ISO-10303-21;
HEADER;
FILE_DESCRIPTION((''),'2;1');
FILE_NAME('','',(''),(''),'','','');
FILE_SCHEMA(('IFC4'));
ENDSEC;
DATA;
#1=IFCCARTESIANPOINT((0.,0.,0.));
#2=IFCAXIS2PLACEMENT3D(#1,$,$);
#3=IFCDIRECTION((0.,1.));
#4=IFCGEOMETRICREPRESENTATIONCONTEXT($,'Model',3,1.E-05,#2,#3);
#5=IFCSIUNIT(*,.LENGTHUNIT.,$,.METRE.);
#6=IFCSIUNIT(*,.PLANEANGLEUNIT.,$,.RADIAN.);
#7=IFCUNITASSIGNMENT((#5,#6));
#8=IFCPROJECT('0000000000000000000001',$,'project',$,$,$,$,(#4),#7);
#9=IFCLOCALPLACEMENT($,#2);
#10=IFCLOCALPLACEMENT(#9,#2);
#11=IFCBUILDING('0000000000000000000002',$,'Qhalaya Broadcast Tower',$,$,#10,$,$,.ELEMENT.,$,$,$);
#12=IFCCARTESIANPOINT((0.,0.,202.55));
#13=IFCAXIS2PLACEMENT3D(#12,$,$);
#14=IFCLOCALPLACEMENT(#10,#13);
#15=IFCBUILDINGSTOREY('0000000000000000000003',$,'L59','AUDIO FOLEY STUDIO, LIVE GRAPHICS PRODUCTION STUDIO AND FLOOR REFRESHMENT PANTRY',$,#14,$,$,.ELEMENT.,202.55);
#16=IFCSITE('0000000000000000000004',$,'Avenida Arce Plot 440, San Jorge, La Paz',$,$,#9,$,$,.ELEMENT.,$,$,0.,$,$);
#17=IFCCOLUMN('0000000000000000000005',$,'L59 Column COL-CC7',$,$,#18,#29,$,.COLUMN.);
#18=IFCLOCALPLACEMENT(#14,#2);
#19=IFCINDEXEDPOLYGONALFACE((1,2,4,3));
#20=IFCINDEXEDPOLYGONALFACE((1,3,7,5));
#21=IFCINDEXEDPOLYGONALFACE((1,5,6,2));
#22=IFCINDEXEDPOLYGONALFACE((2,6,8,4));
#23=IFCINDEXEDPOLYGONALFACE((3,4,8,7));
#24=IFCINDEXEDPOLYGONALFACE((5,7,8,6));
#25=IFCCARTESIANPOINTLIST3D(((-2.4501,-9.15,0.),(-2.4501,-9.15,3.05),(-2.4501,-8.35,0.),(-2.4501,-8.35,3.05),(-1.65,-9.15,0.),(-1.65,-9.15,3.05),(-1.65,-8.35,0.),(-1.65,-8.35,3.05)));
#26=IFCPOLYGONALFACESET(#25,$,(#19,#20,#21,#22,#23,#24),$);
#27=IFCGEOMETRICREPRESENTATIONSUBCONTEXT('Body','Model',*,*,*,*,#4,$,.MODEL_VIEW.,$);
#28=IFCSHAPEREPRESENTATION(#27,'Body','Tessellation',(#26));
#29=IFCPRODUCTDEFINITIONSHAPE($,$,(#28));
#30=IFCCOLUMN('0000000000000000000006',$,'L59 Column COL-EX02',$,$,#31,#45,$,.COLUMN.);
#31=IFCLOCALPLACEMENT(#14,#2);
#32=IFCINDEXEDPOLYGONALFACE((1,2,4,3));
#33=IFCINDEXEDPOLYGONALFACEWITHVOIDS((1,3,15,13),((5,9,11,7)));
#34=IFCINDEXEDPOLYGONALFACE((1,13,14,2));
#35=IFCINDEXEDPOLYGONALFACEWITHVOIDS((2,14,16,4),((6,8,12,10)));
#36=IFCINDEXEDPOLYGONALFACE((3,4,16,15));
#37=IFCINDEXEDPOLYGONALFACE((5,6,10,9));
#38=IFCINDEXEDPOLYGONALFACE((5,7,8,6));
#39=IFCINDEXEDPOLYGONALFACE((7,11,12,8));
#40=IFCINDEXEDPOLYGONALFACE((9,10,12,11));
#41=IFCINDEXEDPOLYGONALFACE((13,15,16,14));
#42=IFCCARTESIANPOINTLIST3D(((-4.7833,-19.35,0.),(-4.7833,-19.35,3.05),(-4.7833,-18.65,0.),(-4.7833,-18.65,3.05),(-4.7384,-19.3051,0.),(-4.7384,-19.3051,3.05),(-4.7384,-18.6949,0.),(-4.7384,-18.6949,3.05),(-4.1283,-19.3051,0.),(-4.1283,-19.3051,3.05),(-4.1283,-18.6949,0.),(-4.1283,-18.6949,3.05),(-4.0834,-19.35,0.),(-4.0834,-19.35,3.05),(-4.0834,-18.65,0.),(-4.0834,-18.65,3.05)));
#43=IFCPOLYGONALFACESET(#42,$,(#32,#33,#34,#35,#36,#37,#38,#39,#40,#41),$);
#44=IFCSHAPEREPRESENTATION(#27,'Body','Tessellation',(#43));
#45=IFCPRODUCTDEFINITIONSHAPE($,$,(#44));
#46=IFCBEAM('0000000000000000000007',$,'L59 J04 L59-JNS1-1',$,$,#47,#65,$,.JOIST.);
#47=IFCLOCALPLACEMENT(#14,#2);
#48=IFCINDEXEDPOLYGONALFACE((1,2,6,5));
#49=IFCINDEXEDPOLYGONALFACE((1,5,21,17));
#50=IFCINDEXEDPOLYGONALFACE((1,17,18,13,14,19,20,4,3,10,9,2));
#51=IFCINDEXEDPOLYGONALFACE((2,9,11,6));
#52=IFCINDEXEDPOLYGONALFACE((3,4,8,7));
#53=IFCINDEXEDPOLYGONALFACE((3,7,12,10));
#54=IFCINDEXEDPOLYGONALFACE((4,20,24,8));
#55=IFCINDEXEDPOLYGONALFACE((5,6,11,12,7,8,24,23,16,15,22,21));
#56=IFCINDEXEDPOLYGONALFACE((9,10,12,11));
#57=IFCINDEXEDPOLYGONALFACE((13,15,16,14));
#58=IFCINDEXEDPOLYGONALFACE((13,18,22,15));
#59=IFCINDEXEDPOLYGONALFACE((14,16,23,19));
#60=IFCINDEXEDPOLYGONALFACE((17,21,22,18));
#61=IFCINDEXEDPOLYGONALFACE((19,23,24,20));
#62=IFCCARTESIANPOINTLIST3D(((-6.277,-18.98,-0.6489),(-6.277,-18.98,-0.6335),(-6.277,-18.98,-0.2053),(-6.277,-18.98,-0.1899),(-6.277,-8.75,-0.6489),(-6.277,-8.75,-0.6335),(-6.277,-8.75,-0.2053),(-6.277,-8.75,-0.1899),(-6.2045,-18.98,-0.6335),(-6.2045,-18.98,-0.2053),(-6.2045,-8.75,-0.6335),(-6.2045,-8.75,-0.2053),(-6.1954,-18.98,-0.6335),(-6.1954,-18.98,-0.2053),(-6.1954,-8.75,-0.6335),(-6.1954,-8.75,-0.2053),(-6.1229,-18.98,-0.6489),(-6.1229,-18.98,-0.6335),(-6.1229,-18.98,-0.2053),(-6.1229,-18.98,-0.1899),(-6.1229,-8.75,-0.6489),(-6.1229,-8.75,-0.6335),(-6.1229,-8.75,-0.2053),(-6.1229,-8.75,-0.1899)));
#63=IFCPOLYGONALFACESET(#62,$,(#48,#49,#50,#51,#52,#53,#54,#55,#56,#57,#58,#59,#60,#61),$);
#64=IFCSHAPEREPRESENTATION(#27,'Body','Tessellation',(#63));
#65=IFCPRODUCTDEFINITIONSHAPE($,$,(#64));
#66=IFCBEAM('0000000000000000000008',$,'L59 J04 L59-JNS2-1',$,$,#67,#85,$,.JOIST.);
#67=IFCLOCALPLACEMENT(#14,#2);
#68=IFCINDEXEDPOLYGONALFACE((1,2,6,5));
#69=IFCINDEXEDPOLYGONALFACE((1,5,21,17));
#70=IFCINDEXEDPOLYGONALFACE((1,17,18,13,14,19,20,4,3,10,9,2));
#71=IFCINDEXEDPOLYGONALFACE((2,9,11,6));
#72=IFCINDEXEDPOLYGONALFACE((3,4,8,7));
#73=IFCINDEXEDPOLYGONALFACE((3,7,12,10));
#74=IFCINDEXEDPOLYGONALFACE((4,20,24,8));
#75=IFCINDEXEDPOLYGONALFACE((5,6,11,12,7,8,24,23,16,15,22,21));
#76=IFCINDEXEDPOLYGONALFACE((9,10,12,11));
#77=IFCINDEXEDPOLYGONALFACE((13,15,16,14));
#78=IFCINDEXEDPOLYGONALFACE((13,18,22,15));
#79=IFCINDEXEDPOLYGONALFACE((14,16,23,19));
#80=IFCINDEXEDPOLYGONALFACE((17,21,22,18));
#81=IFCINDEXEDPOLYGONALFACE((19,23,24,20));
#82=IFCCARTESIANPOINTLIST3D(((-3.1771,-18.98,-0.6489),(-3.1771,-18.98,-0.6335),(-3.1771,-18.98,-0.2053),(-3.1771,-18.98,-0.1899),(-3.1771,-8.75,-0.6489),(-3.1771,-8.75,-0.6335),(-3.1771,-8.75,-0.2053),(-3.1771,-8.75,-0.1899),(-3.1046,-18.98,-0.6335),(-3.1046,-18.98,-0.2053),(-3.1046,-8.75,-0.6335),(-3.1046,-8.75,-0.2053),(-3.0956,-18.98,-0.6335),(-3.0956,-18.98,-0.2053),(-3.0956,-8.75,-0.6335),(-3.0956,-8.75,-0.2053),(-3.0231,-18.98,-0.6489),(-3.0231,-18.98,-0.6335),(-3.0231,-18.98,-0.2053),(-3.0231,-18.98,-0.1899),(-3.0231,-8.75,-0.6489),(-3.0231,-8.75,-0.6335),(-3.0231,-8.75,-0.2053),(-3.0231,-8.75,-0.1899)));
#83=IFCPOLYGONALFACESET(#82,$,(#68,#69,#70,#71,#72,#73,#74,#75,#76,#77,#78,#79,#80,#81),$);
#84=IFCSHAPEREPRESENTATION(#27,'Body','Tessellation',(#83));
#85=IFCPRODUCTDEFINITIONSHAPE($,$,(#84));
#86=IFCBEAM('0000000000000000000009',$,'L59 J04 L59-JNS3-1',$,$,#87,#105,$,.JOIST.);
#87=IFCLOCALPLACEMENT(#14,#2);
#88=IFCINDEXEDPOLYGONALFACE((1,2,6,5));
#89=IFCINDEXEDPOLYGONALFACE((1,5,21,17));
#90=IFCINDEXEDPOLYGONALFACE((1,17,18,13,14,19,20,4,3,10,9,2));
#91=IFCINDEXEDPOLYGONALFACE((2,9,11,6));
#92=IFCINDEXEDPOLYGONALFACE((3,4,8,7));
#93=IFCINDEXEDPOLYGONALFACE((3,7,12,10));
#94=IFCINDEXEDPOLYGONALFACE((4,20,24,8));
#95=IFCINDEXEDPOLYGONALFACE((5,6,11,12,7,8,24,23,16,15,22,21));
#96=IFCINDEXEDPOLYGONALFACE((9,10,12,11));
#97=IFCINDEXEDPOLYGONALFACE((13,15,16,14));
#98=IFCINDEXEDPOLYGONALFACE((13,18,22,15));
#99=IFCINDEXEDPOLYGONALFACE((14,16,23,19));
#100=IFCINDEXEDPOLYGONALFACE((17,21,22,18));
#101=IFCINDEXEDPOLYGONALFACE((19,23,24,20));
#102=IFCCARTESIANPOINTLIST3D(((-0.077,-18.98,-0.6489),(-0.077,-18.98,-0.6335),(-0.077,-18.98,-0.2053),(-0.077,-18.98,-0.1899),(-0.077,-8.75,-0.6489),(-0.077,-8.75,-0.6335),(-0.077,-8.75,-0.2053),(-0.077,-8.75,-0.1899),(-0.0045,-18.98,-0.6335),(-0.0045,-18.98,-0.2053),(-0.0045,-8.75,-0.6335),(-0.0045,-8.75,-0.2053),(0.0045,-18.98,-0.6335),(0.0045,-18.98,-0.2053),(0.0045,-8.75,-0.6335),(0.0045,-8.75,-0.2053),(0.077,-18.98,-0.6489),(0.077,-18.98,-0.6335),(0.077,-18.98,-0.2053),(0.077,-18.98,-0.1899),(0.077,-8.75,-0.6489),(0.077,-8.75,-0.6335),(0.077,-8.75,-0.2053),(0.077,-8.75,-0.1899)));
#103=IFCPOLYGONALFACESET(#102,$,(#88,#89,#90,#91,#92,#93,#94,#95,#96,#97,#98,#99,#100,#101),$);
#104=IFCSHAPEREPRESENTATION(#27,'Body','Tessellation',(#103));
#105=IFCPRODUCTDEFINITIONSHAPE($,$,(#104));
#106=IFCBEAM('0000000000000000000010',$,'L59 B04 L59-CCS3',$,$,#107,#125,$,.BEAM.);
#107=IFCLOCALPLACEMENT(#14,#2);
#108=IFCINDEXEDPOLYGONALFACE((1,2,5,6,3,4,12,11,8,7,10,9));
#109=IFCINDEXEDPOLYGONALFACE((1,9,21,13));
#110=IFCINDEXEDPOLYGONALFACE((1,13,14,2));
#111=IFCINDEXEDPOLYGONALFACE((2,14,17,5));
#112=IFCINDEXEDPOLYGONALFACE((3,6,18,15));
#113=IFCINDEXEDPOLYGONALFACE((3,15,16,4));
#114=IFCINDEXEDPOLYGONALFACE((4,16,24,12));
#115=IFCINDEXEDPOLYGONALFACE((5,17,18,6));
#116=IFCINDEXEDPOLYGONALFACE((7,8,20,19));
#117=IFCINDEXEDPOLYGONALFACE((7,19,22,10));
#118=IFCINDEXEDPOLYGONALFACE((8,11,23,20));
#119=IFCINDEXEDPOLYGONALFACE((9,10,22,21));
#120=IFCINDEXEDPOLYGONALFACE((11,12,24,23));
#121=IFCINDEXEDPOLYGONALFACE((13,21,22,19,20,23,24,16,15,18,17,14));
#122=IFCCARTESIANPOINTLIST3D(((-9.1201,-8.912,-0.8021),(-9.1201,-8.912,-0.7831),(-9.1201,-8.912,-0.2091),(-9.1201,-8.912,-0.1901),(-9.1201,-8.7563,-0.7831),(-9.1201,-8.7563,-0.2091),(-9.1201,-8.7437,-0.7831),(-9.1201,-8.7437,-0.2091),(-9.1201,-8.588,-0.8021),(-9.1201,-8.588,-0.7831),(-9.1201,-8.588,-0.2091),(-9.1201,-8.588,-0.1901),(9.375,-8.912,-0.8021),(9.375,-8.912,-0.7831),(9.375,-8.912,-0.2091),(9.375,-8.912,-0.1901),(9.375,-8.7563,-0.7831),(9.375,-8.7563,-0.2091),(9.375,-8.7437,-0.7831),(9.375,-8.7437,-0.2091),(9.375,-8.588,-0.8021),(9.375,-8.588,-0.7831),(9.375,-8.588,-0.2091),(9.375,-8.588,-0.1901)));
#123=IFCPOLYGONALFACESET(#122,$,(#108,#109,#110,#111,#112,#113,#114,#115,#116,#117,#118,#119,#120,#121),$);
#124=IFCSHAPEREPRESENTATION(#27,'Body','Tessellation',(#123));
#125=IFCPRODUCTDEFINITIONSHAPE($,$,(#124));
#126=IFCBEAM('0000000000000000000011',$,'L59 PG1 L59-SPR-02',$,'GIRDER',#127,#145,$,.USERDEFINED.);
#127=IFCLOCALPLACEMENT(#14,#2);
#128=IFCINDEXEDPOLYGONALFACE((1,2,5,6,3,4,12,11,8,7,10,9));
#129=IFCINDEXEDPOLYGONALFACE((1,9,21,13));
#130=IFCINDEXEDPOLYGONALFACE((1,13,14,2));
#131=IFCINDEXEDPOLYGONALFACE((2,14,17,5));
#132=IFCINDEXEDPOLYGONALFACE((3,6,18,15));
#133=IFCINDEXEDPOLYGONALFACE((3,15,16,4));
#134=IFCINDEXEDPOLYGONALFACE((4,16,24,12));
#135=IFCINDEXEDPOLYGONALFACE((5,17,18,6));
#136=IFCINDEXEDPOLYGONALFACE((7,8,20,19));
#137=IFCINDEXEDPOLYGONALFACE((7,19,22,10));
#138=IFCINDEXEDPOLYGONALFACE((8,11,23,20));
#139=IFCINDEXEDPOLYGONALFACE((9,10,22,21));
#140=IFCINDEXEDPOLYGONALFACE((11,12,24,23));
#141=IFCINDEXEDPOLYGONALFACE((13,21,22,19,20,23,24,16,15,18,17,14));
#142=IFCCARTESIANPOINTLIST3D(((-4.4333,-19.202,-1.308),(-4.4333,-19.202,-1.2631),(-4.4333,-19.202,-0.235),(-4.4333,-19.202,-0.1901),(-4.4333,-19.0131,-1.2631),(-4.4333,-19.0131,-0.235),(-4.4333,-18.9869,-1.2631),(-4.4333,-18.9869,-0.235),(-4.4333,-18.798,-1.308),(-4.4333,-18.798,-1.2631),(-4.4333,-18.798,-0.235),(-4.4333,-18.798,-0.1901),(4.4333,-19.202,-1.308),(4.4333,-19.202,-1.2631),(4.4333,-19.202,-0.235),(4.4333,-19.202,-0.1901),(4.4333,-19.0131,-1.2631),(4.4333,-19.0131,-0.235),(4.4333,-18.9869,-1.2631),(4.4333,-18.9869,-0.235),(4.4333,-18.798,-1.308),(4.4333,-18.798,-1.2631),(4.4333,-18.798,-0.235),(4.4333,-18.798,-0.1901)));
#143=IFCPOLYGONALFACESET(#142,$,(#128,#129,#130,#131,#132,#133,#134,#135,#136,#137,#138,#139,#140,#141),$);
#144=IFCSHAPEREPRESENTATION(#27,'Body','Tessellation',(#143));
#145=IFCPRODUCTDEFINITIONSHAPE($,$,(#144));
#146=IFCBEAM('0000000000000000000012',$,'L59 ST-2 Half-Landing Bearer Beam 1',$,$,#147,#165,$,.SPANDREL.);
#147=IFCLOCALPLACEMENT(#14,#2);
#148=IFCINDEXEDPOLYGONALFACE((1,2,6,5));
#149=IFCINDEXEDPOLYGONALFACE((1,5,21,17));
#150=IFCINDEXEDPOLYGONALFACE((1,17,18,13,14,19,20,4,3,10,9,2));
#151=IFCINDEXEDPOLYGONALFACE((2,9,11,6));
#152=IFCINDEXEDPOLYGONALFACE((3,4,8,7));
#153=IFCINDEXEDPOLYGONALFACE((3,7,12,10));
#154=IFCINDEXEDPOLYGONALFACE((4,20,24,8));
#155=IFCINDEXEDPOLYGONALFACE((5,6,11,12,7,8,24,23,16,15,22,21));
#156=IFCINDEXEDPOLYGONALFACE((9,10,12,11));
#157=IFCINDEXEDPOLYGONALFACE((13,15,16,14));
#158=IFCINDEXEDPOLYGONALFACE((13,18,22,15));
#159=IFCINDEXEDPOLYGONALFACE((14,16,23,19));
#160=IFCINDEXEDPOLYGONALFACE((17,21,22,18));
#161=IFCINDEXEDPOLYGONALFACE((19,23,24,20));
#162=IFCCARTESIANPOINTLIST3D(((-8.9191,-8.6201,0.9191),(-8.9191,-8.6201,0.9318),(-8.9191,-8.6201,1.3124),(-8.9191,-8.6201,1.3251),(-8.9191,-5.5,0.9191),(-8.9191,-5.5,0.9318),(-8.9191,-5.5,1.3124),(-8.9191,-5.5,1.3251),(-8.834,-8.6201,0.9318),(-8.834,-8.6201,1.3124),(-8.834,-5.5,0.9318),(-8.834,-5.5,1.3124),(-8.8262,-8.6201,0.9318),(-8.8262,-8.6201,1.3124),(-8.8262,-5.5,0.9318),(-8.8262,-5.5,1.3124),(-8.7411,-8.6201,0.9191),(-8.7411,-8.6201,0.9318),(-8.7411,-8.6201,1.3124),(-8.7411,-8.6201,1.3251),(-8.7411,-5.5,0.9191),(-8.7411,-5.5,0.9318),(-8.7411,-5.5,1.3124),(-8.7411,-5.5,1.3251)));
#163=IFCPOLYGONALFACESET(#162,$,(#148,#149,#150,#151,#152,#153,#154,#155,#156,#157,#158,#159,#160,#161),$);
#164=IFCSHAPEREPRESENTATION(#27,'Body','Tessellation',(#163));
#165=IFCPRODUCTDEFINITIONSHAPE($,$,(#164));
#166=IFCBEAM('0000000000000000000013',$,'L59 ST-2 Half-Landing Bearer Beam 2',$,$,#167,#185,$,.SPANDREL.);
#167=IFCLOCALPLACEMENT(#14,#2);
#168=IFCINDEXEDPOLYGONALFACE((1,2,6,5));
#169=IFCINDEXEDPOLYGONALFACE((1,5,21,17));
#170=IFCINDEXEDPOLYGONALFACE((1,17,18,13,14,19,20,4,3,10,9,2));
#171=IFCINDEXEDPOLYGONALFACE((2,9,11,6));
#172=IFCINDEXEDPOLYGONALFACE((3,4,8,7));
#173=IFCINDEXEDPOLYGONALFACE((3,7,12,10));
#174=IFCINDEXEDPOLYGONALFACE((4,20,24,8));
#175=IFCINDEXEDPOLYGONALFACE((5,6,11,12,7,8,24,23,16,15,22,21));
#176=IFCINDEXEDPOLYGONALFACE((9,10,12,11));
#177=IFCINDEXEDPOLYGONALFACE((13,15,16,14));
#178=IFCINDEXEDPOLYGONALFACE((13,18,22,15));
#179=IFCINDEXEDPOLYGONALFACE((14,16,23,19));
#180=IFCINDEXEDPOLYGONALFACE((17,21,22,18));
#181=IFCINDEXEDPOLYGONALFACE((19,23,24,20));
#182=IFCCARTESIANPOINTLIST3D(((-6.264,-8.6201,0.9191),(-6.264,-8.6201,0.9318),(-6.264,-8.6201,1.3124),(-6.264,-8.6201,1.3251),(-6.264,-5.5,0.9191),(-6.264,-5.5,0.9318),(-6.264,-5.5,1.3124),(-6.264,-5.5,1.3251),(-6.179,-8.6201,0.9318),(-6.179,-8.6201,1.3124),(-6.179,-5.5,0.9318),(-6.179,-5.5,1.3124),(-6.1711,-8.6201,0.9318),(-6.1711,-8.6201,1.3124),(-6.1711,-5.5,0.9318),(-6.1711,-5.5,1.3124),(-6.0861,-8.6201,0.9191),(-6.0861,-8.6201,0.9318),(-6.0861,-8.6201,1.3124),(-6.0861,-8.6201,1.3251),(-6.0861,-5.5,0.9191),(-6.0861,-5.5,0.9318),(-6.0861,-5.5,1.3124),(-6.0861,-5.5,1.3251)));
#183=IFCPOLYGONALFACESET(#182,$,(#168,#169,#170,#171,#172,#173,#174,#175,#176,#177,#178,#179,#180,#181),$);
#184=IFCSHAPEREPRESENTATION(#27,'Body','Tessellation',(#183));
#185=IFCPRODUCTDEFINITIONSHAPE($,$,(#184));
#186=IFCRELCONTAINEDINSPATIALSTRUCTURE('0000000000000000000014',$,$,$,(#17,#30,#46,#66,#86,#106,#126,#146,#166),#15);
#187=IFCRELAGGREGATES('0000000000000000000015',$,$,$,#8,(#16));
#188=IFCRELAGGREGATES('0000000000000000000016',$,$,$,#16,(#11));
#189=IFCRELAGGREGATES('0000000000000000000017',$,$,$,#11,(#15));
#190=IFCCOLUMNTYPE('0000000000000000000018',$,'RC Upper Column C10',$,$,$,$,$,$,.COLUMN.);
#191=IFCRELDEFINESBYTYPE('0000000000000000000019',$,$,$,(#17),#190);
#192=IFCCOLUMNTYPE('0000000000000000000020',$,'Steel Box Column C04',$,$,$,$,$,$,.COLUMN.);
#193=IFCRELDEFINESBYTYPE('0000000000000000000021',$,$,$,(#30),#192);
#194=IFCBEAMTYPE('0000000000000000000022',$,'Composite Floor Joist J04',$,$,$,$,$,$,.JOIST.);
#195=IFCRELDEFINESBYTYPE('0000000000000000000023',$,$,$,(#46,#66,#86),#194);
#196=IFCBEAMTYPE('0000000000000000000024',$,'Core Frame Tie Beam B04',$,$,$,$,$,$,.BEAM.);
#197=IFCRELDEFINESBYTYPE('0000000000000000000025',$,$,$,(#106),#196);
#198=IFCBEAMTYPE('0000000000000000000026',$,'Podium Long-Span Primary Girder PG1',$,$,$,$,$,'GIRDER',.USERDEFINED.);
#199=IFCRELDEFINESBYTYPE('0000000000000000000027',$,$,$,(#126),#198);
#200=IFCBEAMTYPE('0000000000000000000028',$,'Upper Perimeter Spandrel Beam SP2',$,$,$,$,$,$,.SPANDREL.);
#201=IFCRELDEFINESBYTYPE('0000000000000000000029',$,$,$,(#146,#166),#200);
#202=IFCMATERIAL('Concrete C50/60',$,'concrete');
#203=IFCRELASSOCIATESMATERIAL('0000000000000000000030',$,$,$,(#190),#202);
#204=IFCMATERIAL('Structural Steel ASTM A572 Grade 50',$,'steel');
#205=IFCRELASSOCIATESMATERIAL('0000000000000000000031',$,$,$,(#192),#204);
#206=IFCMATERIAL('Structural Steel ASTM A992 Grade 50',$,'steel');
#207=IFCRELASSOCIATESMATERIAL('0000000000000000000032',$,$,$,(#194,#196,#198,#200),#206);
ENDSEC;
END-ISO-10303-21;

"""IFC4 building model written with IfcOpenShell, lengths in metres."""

from ifc_helpers import new_model, si_unit, direction, frame, origin, origin_2d, place, context, subcontext, project, spatial, rectangle, hollow_rectangle, i_section, extrude, material, material_profile, profile_set, type_object, element, save


model = new_model("IFC4")

# Units and contexts
model_context = context("Model", 3, precision=1e-05, world=origin(), true_north=direction((0.0, 1.0)))
body_context = subcontext(model_context, "Body", "Model", "MODEL_VIEW")
ifc_project = project(units=[si_unit("LENGTHUNIT", "METRE"), si_unit("PLANEANGLEUNIT", "RADIAN")], contexts=[model_context])

# Site, building, storey
site_placement = place(None, origin())
site = spatial("IfcSite", under=ifc_project, at=site_placement, Name="Avenida Arce Plot 440, San Jorge, La Paz", CompositionType="ELEMENT", RefElevation=0.0)
building_placement = place(site_placement, origin())
building = spatial("IfcBuilding", under=site, at=building_placement, Name="Qhalaya Broadcast Tower", CompositionType="ELEMENT")
storey_placement = place(building_placement, frame((0.0, 0.0, 202.55)))
storey = spatial("IfcBuildingStorey", under=building, at=storey_placement, Name="L59", Description="AUDIO FOLEY STUDIO, LIVE GRAPHICS PRODUCTION STUDIO AND FLOOR REFRESHMENT PANTRY", CompositionType="ELEMENT", Elevation=202.55)

# Columns
ifc_material_1 = material(Name="Concrete C50/60", Category="concrete")
ifc_material_profile_1 = material_profile(ifc_material_1, rectangle(XDim=0.8, YDim=0.8, at=origin_2d()), Name="RC-COL 800x800")
ifc_profile_set_1 = profile_set([ifc_material_profile_1], Name="Concrete C50/60")
column_type_1 = type_object("IfcColumnType", Name="RC Upper Column C10", PredefinedType="COLUMN", material=ifc_profile_set_1)
column_1_placement = place(storey_placement, frame((-2.05, -8.75, 0.0), z_axis=(0.0, 0.0, 1.0), x_axis=(1.0, 0.0, 0.0)))
element("IfcColumn", 1, at=column_1_placement, inside=storey, type_object=column_type_1, Name="L59 Column COL-CC7", PredefinedType="COLUMN", context=body_context, shape_type="SweptSolid", body=[
    extrude(rectangle(XDim=0.8, YDim=0.8, at=origin_2d()), origin(), (0.0, 0.0, 1.0), 3.05),
])
ifc_material_2 = material(Name="Structural Steel ASTM A572 Grade 50", Category="steel")
ifc_material_profile_2 = material_profile(ifc_material_2, hollow_rectangle(XDim=0.7, YDim=0.7, WallThickness=0.0449, at=origin_2d()), Name="BOX 700x700x45")
ifc_profile_set_2 = profile_set([ifc_material_profile_2], Name="Structural Steel ASTM A572 Grade 50")
column_type_2 = type_object("IfcColumnType", Name="Steel Box Column C04", PredefinedType="COLUMN", material=ifc_profile_set_2)
column_2_placement = place(storey_placement, frame((-4.4333, -19.0, 0.0), z_axis=(0.0, 0.0, 1.0), x_axis=(1.0, 0.0, 0.0)))
element("IfcColumn", 2, at=column_2_placement, inside=storey, type_object=column_type_2, Name="L59 Column COL-EX02", PredefinedType="COLUMN", context=body_context, shape_type="SweptSolid", body=[
    extrude(hollow_rectangle(XDim=0.7, YDim=0.7, WallThickness=0.0449, at=origin_2d()), origin(), (0.0, 0.0, 1.0), 3.05),
])

# Beams
ifc_material_3 = material(Name="Structural Steel ASTM A992 Grade 50", Category="steel")
ifc_material_profile_3 = material_profile(ifc_material_3, i_section(OverallWidth=0.1541, OverallDepth=0.459, WebThickness=0.009, FlangeThickness=0.0154, at=origin_2d()), Name="W18X46")
ifc_profile_set_3 = profile_set([ifc_material_profile_3], Name="Structural Steel ASTM A992 Grade 50")
beam_type_1 = type_object("IfcBeamType", Name="Composite Floor Joist J04", PredefinedType="JOIST", material=ifc_profile_set_3)
for number, where, z_axis, x_axis, name in (
    (3, (-6.2, -18.98, -0.4194), (0.0, 1.0, 0.0), (-1.0, 0.0, 0.0), "L59 J04 L59-JNS1-1"),
    (4, (-3.1001, -18.98, -0.4194), (0.0, 1.0, 0.0), (-1.0, 0.0, 0.0), "L59 J04 L59-JNS2-1"),
    (5, (0.0, -18.98, -0.4194), (0.0, 1.0, 0.0), (-1.0, 0.0, 0.0), "L59 J04 L59-JNS3-1"),
):
    element("IfcBeam", number, at=place(storey_placement, frame(where, z_axis=z_axis, x_axis=x_axis)), inside=storey, type_object=beam_type_1, Name=name, PredefinedType="JOIST", context=body_context, shape_type="SweptSolid", body=[
        extrude(i_section(OverallWidth=0.1541, OverallDepth=0.459, WebThickness=0.009, FlangeThickness=0.0154, at=origin_2d()), origin(), (0.0, 0.0, 1.0), 10.23),
    ])
ifc_material_profile_4 = material_profile(ifc_material_3, i_section(OverallWidth=0.324, OverallDepth=0.6121, WebThickness=0.0127, FlangeThickness=0.019, at=origin_2d()), Name="W24X104")
ifc_profile_set_4 = profile_set([ifc_material_profile_4], Name="Structural Steel ASTM A992 Grade 50")
beam_type_2 = type_object("IfcBeamType", Name="Core Frame Tie Beam B04", PredefinedType="BEAM", material=ifc_profile_set_4)
beam_1_placement = place(storey_placement, frame((-9.1201, -8.75, -0.4961), z_axis=(1.0, 0.0, 0.0), x_axis=(0.0, 1.0, 0.0)))
element("IfcBeam", 6, at=beam_1_placement, inside=storey, type_object=beam_type_2, Name="L59 B04 L59-CCS3", PredefinedType="BEAM", context=body_context, shape_type="SweptSolid", body=[
    extrude(i_section(OverallWidth=0.324, OverallDepth=0.6121, WebThickness=0.0127, FlangeThickness=0.019, at=origin_2d()), origin(), (0.0, 0.0, 1.0), 18.4951),
])
ifc_material_profile_5 = material_profile(ifc_material_3, i_section(OverallWidth=0.4041, OverallDepth=1.1179, WebThickness=0.0261, FlangeThickness=0.0449, at=origin_2d()), Name="W44X335")
ifc_profile_set_5 = profile_set([ifc_material_profile_5], Name="Structural Steel ASTM A992 Grade 50")
beam_type_3 = type_object("IfcBeamType", Name="Podium Long-Span Primary Girder PG1", ElementType="GIRDER", PredefinedType="USERDEFINED", material=ifc_profile_set_5)
beam_2_placement = place(storey_placement, frame((-4.4333, -19.0, -0.749), z_axis=(1.0, 0.0, 0.0), x_axis=(0.0, 1.0, 0.0)))
element("IfcBeam", 7, at=beam_2_placement, inside=storey, type_object=beam_type_3, Name="L59 PG1 L59-SPR-02", ObjectType="GIRDER", PredefinedType="USERDEFINED", context=body_context, shape_type="SweptSolid", body=[
    extrude(i_section(OverallWidth=0.4041, OverallDepth=1.1179, WebThickness=0.0261, FlangeThickness=0.0449, at=origin_2d()), origin(), (0.0, 0.0, 1.0), 8.8667),
])
ifc_material_profile_6 = material_profile(ifc_material_3, i_section(OverallWidth=0.178, OverallDepth=0.406, WebThickness=0.0078, FlangeThickness=0.0127, at=origin_2d()), Name="W16X40")
ifc_profile_set_6 = profile_set([ifc_material_profile_6], Name="Structural Steel ASTM A992 Grade 50")
beam_type_4 = type_object("IfcBeamType", Name="Upper Perimeter Spandrel Beam SP2", PredefinedType="SPANDREL", material=ifc_profile_set_6)
for number, where, z_axis, x_axis, name in (
    (8, (-8.8301, -8.6201, 1.1221), (0.0, 1.0, 0.0), (-1.0, 0.0, 0.0), "L59 ST-2 Half-Landing Bearer Beam 1"),
    (9, (-6.175, -8.6201, 1.1221), (0.0, 1.0, 0.0), (-1.0, 0.0, 0.0), "L59 ST-2 Half-Landing Bearer Beam 2"),
):
    element("IfcBeam", number, at=place(storey_placement, frame(where, z_axis=z_axis, x_axis=x_axis)), inside=storey, type_object=beam_type_4, Name=name, PredefinedType="SPANDREL", context=body_context, shape_type="SweptSolid", body=[
        extrude(i_section(OverallWidth=0.178, OverallDepth=0.406, WebThickness=0.0078, FlangeThickness=0.0127, at=origin_2d()), origin(), (0.0, 0.0, 1.0), 3.1201),
    ])

save(model, "model.ifc")
